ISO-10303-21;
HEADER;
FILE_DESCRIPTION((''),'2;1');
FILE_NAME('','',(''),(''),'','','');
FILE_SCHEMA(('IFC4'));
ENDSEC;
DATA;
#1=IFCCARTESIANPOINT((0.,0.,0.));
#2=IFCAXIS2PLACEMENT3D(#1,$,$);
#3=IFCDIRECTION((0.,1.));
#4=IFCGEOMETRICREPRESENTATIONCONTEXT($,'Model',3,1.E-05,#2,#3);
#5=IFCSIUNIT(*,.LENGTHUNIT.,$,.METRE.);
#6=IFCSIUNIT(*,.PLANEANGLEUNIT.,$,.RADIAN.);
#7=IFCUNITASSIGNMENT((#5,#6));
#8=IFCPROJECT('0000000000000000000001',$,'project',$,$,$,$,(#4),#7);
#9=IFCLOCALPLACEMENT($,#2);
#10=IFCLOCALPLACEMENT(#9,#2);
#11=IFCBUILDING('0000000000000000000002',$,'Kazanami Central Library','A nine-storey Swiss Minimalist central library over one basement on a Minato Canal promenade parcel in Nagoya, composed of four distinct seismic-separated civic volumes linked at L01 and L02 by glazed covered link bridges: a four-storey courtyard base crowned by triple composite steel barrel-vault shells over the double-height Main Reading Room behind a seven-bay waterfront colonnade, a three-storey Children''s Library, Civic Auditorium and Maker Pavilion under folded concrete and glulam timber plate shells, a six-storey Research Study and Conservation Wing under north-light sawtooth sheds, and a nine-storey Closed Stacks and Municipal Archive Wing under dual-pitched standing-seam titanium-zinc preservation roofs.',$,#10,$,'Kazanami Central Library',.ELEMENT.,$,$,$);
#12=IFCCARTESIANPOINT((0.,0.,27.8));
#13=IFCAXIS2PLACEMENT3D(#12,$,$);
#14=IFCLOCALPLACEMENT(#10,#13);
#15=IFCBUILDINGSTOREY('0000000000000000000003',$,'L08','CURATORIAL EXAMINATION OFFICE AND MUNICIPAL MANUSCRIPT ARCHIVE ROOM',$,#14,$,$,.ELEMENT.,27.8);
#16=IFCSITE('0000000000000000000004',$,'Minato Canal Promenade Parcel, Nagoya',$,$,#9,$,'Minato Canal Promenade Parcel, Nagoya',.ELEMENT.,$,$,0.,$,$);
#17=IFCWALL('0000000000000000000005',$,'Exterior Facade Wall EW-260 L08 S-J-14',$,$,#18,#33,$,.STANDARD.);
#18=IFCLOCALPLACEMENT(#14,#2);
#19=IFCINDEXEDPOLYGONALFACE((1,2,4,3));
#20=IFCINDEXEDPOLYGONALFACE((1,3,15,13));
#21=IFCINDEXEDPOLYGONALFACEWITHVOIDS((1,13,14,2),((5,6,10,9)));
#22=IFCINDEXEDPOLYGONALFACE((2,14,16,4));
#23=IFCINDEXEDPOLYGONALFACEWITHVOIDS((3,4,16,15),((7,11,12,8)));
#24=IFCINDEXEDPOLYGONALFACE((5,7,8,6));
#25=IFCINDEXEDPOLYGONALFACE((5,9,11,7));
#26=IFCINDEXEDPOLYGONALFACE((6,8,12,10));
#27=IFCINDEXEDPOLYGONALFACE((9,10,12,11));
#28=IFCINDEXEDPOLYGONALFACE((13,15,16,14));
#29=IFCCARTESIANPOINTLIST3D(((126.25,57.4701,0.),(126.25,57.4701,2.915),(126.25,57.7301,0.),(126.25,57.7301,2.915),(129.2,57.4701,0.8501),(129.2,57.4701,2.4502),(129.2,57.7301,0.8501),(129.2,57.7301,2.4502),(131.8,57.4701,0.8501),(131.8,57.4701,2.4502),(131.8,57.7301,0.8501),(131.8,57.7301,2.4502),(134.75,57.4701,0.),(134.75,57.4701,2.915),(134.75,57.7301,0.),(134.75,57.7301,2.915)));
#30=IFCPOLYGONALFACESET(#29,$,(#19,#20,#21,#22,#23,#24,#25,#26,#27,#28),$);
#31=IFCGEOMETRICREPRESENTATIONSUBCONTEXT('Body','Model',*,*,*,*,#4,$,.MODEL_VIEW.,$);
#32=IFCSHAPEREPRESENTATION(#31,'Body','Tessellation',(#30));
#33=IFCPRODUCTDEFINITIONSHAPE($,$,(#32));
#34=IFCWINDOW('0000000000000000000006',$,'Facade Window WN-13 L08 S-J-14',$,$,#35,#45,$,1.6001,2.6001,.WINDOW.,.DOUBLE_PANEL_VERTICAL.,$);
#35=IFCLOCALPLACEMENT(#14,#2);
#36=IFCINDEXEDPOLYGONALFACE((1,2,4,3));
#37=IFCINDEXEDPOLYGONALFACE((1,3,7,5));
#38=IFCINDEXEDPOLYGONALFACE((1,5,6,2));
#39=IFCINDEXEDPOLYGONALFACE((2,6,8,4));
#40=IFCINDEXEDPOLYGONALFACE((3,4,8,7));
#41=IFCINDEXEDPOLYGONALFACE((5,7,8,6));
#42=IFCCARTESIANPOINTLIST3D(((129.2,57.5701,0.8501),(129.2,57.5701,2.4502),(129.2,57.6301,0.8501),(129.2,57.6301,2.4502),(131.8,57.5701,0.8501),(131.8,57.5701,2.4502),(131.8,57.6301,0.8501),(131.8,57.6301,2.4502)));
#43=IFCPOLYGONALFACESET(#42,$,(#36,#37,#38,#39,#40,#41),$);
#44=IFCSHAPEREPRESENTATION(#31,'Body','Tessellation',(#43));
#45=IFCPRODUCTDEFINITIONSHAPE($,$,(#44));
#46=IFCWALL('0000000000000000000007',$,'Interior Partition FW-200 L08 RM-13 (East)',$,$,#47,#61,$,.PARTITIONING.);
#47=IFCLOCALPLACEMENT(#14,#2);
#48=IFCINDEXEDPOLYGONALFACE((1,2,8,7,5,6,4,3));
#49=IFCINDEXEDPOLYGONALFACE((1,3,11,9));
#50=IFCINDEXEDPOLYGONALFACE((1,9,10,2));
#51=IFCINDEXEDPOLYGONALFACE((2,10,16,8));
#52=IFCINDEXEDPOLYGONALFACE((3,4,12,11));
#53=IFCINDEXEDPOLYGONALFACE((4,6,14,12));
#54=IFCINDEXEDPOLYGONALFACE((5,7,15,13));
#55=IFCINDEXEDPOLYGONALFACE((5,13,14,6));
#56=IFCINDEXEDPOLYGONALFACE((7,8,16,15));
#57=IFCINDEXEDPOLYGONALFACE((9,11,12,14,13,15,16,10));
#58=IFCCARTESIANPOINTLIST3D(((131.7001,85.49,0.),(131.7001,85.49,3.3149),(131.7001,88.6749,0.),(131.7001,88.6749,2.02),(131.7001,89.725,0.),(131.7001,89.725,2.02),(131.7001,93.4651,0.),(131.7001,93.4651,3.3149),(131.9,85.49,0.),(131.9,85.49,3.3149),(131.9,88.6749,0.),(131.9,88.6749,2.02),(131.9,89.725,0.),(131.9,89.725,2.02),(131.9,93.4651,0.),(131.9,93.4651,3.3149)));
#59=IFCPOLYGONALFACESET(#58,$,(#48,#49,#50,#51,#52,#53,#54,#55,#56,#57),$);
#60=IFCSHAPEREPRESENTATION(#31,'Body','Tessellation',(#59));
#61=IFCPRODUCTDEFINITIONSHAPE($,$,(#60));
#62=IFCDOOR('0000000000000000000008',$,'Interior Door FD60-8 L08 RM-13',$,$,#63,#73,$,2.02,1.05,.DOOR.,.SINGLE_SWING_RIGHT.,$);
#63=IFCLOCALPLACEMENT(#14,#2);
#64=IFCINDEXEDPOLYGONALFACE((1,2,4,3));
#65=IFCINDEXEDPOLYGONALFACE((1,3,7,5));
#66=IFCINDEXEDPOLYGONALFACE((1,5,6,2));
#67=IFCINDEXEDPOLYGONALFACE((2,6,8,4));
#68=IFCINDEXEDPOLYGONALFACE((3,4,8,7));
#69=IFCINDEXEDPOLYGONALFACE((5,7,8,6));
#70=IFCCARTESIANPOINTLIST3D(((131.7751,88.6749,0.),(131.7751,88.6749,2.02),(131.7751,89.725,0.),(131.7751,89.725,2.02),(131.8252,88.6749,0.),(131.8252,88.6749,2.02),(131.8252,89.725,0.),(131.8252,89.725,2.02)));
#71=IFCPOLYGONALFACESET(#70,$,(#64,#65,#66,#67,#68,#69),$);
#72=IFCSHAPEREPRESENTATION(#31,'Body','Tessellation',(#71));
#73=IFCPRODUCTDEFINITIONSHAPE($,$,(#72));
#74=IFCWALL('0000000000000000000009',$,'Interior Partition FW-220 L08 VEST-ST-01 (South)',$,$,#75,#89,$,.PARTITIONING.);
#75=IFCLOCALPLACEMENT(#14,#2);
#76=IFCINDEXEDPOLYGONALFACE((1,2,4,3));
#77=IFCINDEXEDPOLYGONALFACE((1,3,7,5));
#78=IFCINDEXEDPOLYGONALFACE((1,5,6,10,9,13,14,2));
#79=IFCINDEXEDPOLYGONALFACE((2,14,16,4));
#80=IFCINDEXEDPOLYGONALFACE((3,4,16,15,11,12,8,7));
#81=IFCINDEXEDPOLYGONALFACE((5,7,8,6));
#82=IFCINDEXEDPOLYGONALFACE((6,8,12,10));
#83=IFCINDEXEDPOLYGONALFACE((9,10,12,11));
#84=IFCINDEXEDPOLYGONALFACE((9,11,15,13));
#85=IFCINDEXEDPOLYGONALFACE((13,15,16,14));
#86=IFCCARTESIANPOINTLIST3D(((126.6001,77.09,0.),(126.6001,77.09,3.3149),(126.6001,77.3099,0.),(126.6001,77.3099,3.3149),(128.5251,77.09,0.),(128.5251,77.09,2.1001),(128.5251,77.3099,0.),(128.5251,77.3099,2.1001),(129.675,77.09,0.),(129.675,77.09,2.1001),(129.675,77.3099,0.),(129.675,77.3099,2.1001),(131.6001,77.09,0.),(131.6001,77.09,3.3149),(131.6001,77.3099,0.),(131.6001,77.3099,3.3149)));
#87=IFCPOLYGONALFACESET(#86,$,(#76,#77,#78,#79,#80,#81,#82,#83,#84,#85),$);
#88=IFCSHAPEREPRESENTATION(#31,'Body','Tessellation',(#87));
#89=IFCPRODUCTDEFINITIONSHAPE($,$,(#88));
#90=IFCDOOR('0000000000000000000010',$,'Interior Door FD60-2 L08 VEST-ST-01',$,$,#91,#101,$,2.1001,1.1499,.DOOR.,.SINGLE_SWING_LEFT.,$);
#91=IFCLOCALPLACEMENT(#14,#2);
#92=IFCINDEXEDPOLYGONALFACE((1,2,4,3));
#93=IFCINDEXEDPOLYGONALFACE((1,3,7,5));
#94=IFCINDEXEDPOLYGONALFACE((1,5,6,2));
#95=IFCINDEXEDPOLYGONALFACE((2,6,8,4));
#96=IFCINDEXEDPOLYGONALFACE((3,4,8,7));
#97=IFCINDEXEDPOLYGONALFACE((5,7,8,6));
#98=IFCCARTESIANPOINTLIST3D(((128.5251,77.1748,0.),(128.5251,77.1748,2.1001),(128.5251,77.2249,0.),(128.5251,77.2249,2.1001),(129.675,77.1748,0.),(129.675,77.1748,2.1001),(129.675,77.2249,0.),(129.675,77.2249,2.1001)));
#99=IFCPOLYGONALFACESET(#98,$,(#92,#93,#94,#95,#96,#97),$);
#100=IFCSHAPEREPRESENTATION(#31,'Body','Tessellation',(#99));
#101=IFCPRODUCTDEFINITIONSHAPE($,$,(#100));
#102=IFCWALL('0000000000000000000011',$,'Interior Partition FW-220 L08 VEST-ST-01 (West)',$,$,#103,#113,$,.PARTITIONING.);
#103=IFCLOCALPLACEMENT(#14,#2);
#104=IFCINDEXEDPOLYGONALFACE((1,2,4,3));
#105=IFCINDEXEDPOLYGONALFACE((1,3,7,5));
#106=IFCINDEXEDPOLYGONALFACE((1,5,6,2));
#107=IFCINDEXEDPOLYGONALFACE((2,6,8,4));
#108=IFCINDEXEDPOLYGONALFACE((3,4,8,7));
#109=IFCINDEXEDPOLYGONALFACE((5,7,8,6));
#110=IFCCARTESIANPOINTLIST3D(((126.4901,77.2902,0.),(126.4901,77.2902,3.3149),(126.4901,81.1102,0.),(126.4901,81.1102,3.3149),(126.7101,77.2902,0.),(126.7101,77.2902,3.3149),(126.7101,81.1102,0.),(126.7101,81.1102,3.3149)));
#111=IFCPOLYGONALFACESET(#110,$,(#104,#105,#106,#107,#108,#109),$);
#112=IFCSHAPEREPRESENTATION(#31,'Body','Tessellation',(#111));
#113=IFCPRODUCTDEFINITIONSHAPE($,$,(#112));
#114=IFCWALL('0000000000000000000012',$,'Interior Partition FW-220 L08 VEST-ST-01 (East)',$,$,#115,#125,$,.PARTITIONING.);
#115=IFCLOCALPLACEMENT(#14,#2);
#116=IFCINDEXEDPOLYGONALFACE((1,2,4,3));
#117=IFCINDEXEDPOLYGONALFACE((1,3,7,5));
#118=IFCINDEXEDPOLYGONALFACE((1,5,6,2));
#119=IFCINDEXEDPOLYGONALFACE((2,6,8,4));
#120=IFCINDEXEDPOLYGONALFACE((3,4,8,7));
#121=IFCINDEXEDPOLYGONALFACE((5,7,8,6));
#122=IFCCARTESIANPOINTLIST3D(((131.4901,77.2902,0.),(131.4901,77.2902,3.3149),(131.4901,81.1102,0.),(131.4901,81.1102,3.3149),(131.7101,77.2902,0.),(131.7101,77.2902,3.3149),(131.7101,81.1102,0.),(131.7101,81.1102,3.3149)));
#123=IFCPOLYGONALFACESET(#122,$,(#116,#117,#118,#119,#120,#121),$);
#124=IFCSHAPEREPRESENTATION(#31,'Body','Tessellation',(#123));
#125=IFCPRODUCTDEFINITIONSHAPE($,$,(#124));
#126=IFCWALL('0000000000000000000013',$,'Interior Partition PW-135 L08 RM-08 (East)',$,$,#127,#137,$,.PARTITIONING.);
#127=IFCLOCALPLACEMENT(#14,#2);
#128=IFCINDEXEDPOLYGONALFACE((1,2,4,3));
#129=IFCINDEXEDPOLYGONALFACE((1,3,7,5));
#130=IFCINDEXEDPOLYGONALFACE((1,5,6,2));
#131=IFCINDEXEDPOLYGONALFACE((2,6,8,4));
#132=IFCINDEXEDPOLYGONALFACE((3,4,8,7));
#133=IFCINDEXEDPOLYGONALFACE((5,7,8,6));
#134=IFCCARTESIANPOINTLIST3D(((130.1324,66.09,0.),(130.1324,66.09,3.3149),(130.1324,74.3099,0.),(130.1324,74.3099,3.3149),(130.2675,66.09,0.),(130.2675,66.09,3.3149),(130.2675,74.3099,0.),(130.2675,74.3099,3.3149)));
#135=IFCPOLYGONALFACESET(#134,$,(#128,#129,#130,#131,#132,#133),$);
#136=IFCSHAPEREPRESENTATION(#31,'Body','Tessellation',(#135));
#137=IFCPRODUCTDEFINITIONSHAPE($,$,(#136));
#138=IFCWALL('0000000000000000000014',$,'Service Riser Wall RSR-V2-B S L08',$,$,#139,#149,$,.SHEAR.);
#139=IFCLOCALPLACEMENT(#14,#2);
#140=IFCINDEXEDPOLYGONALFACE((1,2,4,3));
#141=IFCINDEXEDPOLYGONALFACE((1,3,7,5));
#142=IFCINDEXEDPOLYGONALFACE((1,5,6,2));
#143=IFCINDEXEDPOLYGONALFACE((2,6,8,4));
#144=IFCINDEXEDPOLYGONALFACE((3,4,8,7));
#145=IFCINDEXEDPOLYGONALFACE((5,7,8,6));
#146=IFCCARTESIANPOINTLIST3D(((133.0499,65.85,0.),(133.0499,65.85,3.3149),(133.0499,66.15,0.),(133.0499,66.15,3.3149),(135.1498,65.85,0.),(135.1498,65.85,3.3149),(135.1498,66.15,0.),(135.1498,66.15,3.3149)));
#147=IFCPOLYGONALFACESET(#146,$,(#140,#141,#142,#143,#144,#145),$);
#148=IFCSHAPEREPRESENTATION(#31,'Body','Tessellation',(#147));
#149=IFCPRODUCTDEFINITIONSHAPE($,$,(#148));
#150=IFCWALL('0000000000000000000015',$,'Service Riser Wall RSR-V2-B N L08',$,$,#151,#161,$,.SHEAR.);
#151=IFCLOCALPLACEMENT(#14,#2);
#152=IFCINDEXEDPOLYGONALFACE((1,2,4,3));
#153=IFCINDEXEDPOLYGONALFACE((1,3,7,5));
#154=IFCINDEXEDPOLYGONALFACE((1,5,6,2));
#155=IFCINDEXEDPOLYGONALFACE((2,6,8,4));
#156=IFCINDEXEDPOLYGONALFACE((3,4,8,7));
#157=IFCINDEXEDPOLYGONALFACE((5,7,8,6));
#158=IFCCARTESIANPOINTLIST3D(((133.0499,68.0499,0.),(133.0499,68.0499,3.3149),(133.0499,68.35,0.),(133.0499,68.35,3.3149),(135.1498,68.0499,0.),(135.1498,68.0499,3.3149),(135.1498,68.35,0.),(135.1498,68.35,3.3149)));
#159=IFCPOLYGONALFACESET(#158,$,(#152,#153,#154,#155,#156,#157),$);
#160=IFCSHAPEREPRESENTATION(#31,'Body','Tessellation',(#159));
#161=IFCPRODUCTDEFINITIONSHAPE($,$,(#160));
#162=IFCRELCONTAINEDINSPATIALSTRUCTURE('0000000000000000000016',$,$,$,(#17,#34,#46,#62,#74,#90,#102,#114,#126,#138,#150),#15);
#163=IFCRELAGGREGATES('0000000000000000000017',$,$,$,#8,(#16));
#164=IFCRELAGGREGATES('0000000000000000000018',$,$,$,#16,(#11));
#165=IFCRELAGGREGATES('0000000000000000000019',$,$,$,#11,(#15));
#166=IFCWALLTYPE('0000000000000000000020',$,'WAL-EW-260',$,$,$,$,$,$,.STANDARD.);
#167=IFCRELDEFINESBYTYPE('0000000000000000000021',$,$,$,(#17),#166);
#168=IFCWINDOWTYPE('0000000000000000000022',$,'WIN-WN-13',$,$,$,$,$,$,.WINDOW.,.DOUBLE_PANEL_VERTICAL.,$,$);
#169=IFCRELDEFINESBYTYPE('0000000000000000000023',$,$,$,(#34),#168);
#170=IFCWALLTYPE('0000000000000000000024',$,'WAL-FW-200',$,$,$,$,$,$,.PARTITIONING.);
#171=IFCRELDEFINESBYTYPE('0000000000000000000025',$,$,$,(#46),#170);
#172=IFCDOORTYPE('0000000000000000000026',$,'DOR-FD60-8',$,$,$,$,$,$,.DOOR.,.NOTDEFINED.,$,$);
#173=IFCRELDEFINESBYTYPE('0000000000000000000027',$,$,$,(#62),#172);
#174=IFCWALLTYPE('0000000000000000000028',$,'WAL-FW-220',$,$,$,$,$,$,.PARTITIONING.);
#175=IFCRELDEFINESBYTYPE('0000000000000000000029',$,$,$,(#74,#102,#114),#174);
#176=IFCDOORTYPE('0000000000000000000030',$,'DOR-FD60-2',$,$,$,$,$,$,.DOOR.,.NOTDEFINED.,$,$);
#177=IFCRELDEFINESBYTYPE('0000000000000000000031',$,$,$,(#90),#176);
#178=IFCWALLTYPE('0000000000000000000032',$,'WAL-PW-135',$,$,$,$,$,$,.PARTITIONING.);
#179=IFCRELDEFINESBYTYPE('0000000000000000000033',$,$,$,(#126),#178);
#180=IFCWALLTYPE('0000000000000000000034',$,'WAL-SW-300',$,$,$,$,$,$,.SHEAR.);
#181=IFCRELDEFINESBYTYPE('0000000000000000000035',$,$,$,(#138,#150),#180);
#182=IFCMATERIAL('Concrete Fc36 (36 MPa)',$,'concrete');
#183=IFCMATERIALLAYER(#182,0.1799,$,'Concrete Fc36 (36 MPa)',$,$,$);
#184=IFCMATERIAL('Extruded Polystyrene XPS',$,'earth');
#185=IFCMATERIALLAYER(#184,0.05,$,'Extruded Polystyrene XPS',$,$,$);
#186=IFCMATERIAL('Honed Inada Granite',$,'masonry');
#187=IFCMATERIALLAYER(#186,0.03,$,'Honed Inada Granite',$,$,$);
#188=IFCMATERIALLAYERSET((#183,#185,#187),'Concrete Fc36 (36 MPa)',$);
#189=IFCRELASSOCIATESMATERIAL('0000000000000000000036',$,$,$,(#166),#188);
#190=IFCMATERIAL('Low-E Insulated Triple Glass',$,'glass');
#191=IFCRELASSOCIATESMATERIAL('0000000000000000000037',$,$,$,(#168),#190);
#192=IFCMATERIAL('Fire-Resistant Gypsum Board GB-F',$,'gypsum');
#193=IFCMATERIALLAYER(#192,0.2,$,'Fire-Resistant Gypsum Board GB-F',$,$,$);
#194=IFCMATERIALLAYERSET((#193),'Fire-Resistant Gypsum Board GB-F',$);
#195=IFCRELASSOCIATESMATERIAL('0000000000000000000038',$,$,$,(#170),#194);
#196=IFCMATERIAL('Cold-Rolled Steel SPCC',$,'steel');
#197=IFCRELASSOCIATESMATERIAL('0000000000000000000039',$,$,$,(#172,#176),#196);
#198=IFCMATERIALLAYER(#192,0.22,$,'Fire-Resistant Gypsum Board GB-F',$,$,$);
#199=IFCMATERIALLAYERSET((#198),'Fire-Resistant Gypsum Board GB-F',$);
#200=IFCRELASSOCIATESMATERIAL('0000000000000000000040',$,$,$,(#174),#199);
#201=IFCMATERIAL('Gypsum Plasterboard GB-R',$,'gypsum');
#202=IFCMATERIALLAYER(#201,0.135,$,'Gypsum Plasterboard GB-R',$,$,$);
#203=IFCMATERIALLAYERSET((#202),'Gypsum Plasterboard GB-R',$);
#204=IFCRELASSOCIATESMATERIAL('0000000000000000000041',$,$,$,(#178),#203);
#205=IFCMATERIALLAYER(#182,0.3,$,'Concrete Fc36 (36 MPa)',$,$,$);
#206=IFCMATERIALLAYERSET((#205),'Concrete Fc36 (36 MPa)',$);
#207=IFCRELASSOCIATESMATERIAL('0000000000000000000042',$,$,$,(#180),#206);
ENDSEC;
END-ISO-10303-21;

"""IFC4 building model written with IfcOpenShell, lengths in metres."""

from ifc_helpers import new_model, si_unit, direction, frame, frame_2d, origin, place, context, subcontext, project, spatial, rectangle, extrude, material, layer, layer_set, type_object, element, fill, save


model = new_model("IFC4")

# Units and contexts
model_context = context("Model", 3, precision=1e-05, world=origin(), true_north=direction((0.0, 1.0)))
body_context = subcontext(model_context, "Body", "Model", "MODEL_VIEW")
ifc_project = project(units=[si_unit("LENGTHUNIT", "METRE"), si_unit("PLANEANGLEUNIT", "RADIAN")], contexts=[model_context])

# Site, building, storey
site_placement = place(None, origin())
site = spatial("IfcSite", under=ifc_project, at=site_placement, Name="Minato Canal Promenade Parcel, Nagoya", LongName="Minato Canal Promenade Parcel, Nagoya", CompositionType="ELEMENT", RefElevation=0.0)
building_placement = place(site_placement, origin())
building = spatial("IfcBuilding", under=site, at=building_placement, Name="Kazanami Central Library", Description="A nine-storey Swiss Minimalist central library over one basement on a Minato Canal promenade parcel in Nagoya, composed of four distinct seismic-separated civic volumes linked at L01 and L02 by glazed covered link bridges: a four-storey courtyard base crowned by triple composite steel barrel-vault shells over the double-height Main Reading Room behind a seven-bay waterfront colonnade, a three-storey Children's Library, Civic Auditorium and Maker Pavilion under folded concrete and glulam timber plate shells, a six-storey Research Study and Conservation Wing under north-light sawtooth sheds, and a nine-storey Closed Stacks and Municipal Archive Wing under dual-pitched standing-seam titanium-zinc preservation roofs.", LongName="Kazanami Central Library", CompositionType="ELEMENT")
storey_placement = place(building_placement, frame((0.0, 0.0, 27.8)))
storey = spatial("IfcBuildingStorey", under=building, at=storey_placement, Name="L08", Description="CURATORIAL EXAMINATION OFFICE AND MUNICIPAL MANUSCRIPT ARCHIVE ROOM", CompositionType="ELEMENT", Elevation=27.8)

# Wall, opening, window
ifc_material_1 = material(Name="Concrete Fc36 (36 MPa)", Category="concrete")
ifc_layer_1 = layer(ifc_material_1, 0.1799, Name="Concrete Fc36 (36 MPa)")
ifc_material_2 = material(Name="Extruded Polystyrene XPS", Category="earth")
ifc_layer_2 = layer(ifc_material_2, 0.05, Name="Extruded Polystyrene XPS")
ifc_material_3 = material(Name="Honed Inada Granite", Category="masonry")
ifc_layer_3 = layer(ifc_material_3, 0.03, Name="Honed Inada Granite")
ifc_layer_set_1 = layer_set([ifc_layer_1, ifc_layer_2, ifc_layer_3], Name="Concrete Fc36 (36 MPa)")
wall_type_1 = type_object("IfcWallType", Name="WAL-EW-260", PredefinedType="STANDARD", material=ifc_layer_set_1)
wall_1_placement = place(storey_placement, frame((126.25, 57.6001, 0.0), z_axis=(0.0, 0.0, 1.0), x_axis=(1.0, 0.0, 0.0)))
wall_1 = element("IfcWall", 1, at=wall_1_placement, inside=storey, type_object=wall_type_1, Name="Exterior Facade Wall EW-260 L08 S-J-14", PredefinedType="STANDARD", context=body_context, shape_type="SweptSolid", body=[
    extrude(rectangle(XDim=8.5, YDim=0.26, at=frame_2d((4.25, 0.0))), origin(), (0.0, 0.0, 1.0), 2.915),
])
opening_1_placement = place(wall_1_placement, frame((2.95, 0.0, 0.8501)))
opening_1 = element("IfcOpeningElement", 2, at=opening_1_placement, cuts=wall_1, PredefinedType="OPENING", context=body_context, shape_type="SweptSolid", body=[
    extrude(rectangle(XDim=2.6001, YDim=1.6001, at=frame_2d((1.3, 0.8))), frame((0.0, 0.1421, 0.0), z_axis=(0.0, -1.0, 0.0), x_axis=(1.0, 0.0, 0.0)), (0.0, 0.0, 1.0), 0.2839),
])
ifc_material_4 = material(Name="Low-E Insulated Triple Glass", Category="glass")
window_type = type_object("IfcWindowType", Name="WIN-WN-13", PartitioningType="DOUBLE_PANEL_VERTICAL", PredefinedType="WINDOW", material=ifc_material_4)
window_placement = place(opening_1_placement, origin())
window = element("IfcWindow", 3, at=window_placement, inside=storey, type_object=window_type, Name="Facade Window WN-13 L08 S-J-14", OverallHeight=1.6001, OverallWidth=2.6001, PartitioningType="DOUBLE_PANEL_VERTICAL", PredefinedType="WINDOW", context=body_context, shape_type="SweptSolid", body=[
    extrude(rectangle(XDim=2.6001, YDim=1.6001, at=frame_2d((1.3, 0.8))), frame((0.0, 0.03, 0.0), z_axis=(0.0, -1.0, 0.0), x_axis=(1.0, 0.0, 0.0)), (0.0, 0.0, 1.0), 0.0601),
])
fill(opening_1, window)

# Walls, openings, doors
ifc_material_5 = material(Name="Fire-Resistant Gypsum Board GB-F", Category="gypsum")
ifc_material_6 = material(Name="Cold-Rolled Steel SPCC", Category="steel")
ifc_layer_4 = layer(ifc_material_5, 0.2, Name="Fire-Resistant Gypsum Board GB-F")
ifc_layer_set_2 = layer_set([ifc_layer_4], Name="Fire-Resistant Gypsum Board GB-F")
wall_type_2 = type_object("IfcWallType", Name="WAL-FW-200", PredefinedType="PARTITIONING", material=ifc_layer_set_2)
wall_2_placement = place(storey_placement, frame((131.8, 85.49, 0.0), z_axis=(0.0, 0.0, 1.0), x_axis=(0.0, 1.0, 0.0)))
wall_2 = element("IfcWall", 4, at=wall_2_placement, inside=storey, type_object=wall_type_2, Name="Interior Partition FW-200 L08 RM-13 (East)", PredefinedType="PARTITIONING", context=body_context, shape_type="SweptSolid", body=[
    extrude(rectangle(XDim=7.9751, YDim=0.2, at=frame_2d((3.9875, 0.0))), origin(), (0.0, 0.0, 1.0), 3.3149),
])
opening_2_placement = place(wall_2_placement, frame((3.1851, 0.0, 0.0)))
opening_2 = element("IfcOpeningElement", 5, at=opening_2_placement, cuts=wall_2, PredefinedType="OPENING", context=body_context, shape_type="SweptSolid", body=[
    extrude(rectangle(XDim=1.05, YDim=2.02, at=frame_2d((0.5249, 1.01))), frame((0.0, 0.1118, 0.0), z_axis=(0.0, -1.0, 0.0), x_axis=(1.0, 0.0, 0.0)), (0.0, 0.0, 1.0), 0.2239),
])
door_type_1 = type_object("IfcDoorType", Name="DOR-FD60-8", OperationType="NOTDEFINED", PredefinedType="DOOR", material=ifc_material_6)
door_1_placement = place(opening_2_placement, origin())
door_1 = element("IfcDoor", 6, at=door_1_placement, inside=storey, type_object=door_type_1, Name="Interior Door FD60-8 L08 RM-13", OperationType="SINGLE_SWING_RIGHT", OverallHeight=2.02, OverallWidth=1.05, PredefinedType="DOOR", context=body_context, shape_type="SweptSolid", body=[
    extrude(rectangle(XDim=1.05, YDim=2.02, at=frame_2d((0.5249, 1.01))), frame((0.0, 0.0249, 0.0), z_axis=(0.0, -1.0, 0.0), x_axis=(1.0, 0.0, 0.0)), (0.0, 0.0, 1.0), 0.05),
])
fill(opening_2, door_1)
ifc_layer_5 = layer(ifc_material_5, 0.22, Name="Fire-Resistant Gypsum Board GB-F")
ifc_layer_set_3 = layer_set([ifc_layer_5], Name="Fire-Resistant Gypsum Board GB-F")
wall_type_3 = type_object("IfcWallType", Name="WAL-FW-220", PredefinedType="PARTITIONING", material=ifc_layer_set_3)
wall_3_placement = place(storey_placement, frame((126.6001, 77.2, 0.0), z_axis=(0.0, 0.0, 1.0), x_axis=(1.0, 0.0, 0.0)))
wall_3 = element("IfcWall", 7, at=wall_3_placement, inside=storey, type_object=wall_type_3, Name="Interior Partition FW-220 L08 VEST-ST-01 (South)", PredefinedType="PARTITIONING", context=body_context, shape_type="SweptSolid", body=[
    extrude(rectangle(XDim=5.0, YDim=0.22, at=frame_2d((2.5, 0.0))), origin(), (0.0, 0.0, 1.0), 3.3149),
])
opening_3_placement = place(wall_3_placement, frame((1.925, 0.0, 0.0)))
opening_3 = element("IfcOpeningElement", 8, at=opening_3_placement, cuts=wall_3, PredefinedType="OPENING", context=body_context, shape_type="SweptSolid", body=[
    extrude(rectangle(XDim=1.1499, YDim=2.1001, at=frame_2d((0.575, 1.05))), frame((0.0, 0.1221, 0.0), z_axis=(0.0, -1.0, 0.0), x_axis=(1.0, 0.0, 0.0)), (0.0, 0.0, 1.0), 0.2439),
])
door_type_2 = type_object("IfcDoorType", Name="DOR-FD60-2", OperationType="NOTDEFINED", PredefinedType="DOOR", material=ifc_material_6)
door_2_placement = place(opening_3_placement, origin())
door_2 = element("IfcDoor", 9, at=door_2_placement, inside=storey, type_object=door_type_2, Name="Interior Door FD60-2 L08 VEST-ST-01", OperationType="SINGLE_SWING_LEFT", OverallHeight=2.1001, OverallWidth=1.1499, PredefinedType="DOOR", context=body_context, shape_type="SweptSolid", body=[
    extrude(rectangle(XDim=1.1499, YDim=2.1001, at=frame_2d((0.575, 1.05))), frame((0.0, 0.0249, 0.0), z_axis=(0.0, -1.0, 0.0), x_axis=(1.0, 0.0, 0.0)), (0.0, 0.0, 1.0), 0.05),
])
fill(opening_3, door_2)

# Walls
for number, where, z_axis, x_axis, name in (
    (10, (126.6001, 77.29, 0.0), (0.0, 0.0, 1.0), (0.0, 1.0, 0.0), "Interior Partition FW-220 L08 VEST-ST-01 (West)"),
    (11, (131.6001, 77.29, 0.0), (0.0, 0.0, 1.0), (0.0, 1.0, 0.0), "Interior Partition FW-220 L08 VEST-ST-01 (East)"),
):
    element("IfcWall", number, at=place(storey_placement, frame(where, z_axis=z_axis, x_axis=x_axis)), inside=storey, type_object=wall_type_3, Name=name, PredefinedType="PARTITIONING", context=body_context, shape_type="SweptSolid", body=[
        extrude(rectangle(XDim=3.8201, YDim=0.22, at=frame_2d((1.9102, 0.0))), origin(), (0.0, 0.0, 1.0), 3.3149),
    ])
ifc_material_7 = material(Name="Gypsum Plasterboard GB-R", Category="gypsum")
ifc_layer_6 = layer(ifc_material_7, 0.135, Name="Gypsum Plasterboard GB-R")
ifc_layer_set_4 = layer_set([ifc_layer_6], Name="Gypsum Plasterboard GB-R")
wall_type_4 = type_object("IfcWallType", Name="WAL-PW-135", PredefinedType="PARTITIONING", material=ifc_layer_set_4)
wall_4_placement = place(storey_placement, frame((130.2, 66.0901, 0.0), z_axis=(0.0, 0.0, 1.0), x_axis=(0.0, 1.0, 0.0)))
element("IfcWall", 12, at=wall_4_placement, inside=storey, type_object=wall_type_4, Name="Interior Partition PW-135 L08 RM-08 (East)", PredefinedType="PARTITIONING", context=body_context, shape_type="SweptSolid", body=[
    extrude(rectangle(XDim=8.22, YDim=0.135, at=frame_2d((4.1099, 0.0))), origin(), (0.0, 0.0, 1.0), 3.3149),
])
ifc_layer_7 = layer(ifc_material_1, 0.3, Name="Concrete Fc36 (36 MPa)")
ifc_layer_set_5 = layer_set([ifc_layer_7], Name="Concrete Fc36 (36 MPa)")
wall_type_5 = type_object("IfcWallType", Name="WAL-SW-300", PredefinedType="SHEAR", material=ifc_layer_set_5)
for number, where, z_axis, x_axis, name in (
    (13, (133.05, 66.0, 0.0), (0.0, 0.0, 1.0), (1.0, 0.0, 0.0), "Service Riser Wall RSR-V2-B S L08"),
    (14, (133.05, 68.2, 0.0), (0.0, 0.0, 1.0), (1.0, 0.0, 0.0), "Service Riser Wall RSR-V2-B N L08"),
):
    element("IfcWall", number, at=place(storey_placement, frame(where, z_axis=z_axis, x_axis=x_axis)), inside=storey, type_object=wall_type_5, Name=name, PredefinedType="SHEAR", context=body_context, shape_type="SweptSolid", body=[
        extrude(rectangle(XDim=2.0999, YDim=0.3, at=frame_2d((1.0498, 0.0))), origin(), (0.0, 0.0, 1.0), 3.3149),
    ])

save(model, "model.ifc")
